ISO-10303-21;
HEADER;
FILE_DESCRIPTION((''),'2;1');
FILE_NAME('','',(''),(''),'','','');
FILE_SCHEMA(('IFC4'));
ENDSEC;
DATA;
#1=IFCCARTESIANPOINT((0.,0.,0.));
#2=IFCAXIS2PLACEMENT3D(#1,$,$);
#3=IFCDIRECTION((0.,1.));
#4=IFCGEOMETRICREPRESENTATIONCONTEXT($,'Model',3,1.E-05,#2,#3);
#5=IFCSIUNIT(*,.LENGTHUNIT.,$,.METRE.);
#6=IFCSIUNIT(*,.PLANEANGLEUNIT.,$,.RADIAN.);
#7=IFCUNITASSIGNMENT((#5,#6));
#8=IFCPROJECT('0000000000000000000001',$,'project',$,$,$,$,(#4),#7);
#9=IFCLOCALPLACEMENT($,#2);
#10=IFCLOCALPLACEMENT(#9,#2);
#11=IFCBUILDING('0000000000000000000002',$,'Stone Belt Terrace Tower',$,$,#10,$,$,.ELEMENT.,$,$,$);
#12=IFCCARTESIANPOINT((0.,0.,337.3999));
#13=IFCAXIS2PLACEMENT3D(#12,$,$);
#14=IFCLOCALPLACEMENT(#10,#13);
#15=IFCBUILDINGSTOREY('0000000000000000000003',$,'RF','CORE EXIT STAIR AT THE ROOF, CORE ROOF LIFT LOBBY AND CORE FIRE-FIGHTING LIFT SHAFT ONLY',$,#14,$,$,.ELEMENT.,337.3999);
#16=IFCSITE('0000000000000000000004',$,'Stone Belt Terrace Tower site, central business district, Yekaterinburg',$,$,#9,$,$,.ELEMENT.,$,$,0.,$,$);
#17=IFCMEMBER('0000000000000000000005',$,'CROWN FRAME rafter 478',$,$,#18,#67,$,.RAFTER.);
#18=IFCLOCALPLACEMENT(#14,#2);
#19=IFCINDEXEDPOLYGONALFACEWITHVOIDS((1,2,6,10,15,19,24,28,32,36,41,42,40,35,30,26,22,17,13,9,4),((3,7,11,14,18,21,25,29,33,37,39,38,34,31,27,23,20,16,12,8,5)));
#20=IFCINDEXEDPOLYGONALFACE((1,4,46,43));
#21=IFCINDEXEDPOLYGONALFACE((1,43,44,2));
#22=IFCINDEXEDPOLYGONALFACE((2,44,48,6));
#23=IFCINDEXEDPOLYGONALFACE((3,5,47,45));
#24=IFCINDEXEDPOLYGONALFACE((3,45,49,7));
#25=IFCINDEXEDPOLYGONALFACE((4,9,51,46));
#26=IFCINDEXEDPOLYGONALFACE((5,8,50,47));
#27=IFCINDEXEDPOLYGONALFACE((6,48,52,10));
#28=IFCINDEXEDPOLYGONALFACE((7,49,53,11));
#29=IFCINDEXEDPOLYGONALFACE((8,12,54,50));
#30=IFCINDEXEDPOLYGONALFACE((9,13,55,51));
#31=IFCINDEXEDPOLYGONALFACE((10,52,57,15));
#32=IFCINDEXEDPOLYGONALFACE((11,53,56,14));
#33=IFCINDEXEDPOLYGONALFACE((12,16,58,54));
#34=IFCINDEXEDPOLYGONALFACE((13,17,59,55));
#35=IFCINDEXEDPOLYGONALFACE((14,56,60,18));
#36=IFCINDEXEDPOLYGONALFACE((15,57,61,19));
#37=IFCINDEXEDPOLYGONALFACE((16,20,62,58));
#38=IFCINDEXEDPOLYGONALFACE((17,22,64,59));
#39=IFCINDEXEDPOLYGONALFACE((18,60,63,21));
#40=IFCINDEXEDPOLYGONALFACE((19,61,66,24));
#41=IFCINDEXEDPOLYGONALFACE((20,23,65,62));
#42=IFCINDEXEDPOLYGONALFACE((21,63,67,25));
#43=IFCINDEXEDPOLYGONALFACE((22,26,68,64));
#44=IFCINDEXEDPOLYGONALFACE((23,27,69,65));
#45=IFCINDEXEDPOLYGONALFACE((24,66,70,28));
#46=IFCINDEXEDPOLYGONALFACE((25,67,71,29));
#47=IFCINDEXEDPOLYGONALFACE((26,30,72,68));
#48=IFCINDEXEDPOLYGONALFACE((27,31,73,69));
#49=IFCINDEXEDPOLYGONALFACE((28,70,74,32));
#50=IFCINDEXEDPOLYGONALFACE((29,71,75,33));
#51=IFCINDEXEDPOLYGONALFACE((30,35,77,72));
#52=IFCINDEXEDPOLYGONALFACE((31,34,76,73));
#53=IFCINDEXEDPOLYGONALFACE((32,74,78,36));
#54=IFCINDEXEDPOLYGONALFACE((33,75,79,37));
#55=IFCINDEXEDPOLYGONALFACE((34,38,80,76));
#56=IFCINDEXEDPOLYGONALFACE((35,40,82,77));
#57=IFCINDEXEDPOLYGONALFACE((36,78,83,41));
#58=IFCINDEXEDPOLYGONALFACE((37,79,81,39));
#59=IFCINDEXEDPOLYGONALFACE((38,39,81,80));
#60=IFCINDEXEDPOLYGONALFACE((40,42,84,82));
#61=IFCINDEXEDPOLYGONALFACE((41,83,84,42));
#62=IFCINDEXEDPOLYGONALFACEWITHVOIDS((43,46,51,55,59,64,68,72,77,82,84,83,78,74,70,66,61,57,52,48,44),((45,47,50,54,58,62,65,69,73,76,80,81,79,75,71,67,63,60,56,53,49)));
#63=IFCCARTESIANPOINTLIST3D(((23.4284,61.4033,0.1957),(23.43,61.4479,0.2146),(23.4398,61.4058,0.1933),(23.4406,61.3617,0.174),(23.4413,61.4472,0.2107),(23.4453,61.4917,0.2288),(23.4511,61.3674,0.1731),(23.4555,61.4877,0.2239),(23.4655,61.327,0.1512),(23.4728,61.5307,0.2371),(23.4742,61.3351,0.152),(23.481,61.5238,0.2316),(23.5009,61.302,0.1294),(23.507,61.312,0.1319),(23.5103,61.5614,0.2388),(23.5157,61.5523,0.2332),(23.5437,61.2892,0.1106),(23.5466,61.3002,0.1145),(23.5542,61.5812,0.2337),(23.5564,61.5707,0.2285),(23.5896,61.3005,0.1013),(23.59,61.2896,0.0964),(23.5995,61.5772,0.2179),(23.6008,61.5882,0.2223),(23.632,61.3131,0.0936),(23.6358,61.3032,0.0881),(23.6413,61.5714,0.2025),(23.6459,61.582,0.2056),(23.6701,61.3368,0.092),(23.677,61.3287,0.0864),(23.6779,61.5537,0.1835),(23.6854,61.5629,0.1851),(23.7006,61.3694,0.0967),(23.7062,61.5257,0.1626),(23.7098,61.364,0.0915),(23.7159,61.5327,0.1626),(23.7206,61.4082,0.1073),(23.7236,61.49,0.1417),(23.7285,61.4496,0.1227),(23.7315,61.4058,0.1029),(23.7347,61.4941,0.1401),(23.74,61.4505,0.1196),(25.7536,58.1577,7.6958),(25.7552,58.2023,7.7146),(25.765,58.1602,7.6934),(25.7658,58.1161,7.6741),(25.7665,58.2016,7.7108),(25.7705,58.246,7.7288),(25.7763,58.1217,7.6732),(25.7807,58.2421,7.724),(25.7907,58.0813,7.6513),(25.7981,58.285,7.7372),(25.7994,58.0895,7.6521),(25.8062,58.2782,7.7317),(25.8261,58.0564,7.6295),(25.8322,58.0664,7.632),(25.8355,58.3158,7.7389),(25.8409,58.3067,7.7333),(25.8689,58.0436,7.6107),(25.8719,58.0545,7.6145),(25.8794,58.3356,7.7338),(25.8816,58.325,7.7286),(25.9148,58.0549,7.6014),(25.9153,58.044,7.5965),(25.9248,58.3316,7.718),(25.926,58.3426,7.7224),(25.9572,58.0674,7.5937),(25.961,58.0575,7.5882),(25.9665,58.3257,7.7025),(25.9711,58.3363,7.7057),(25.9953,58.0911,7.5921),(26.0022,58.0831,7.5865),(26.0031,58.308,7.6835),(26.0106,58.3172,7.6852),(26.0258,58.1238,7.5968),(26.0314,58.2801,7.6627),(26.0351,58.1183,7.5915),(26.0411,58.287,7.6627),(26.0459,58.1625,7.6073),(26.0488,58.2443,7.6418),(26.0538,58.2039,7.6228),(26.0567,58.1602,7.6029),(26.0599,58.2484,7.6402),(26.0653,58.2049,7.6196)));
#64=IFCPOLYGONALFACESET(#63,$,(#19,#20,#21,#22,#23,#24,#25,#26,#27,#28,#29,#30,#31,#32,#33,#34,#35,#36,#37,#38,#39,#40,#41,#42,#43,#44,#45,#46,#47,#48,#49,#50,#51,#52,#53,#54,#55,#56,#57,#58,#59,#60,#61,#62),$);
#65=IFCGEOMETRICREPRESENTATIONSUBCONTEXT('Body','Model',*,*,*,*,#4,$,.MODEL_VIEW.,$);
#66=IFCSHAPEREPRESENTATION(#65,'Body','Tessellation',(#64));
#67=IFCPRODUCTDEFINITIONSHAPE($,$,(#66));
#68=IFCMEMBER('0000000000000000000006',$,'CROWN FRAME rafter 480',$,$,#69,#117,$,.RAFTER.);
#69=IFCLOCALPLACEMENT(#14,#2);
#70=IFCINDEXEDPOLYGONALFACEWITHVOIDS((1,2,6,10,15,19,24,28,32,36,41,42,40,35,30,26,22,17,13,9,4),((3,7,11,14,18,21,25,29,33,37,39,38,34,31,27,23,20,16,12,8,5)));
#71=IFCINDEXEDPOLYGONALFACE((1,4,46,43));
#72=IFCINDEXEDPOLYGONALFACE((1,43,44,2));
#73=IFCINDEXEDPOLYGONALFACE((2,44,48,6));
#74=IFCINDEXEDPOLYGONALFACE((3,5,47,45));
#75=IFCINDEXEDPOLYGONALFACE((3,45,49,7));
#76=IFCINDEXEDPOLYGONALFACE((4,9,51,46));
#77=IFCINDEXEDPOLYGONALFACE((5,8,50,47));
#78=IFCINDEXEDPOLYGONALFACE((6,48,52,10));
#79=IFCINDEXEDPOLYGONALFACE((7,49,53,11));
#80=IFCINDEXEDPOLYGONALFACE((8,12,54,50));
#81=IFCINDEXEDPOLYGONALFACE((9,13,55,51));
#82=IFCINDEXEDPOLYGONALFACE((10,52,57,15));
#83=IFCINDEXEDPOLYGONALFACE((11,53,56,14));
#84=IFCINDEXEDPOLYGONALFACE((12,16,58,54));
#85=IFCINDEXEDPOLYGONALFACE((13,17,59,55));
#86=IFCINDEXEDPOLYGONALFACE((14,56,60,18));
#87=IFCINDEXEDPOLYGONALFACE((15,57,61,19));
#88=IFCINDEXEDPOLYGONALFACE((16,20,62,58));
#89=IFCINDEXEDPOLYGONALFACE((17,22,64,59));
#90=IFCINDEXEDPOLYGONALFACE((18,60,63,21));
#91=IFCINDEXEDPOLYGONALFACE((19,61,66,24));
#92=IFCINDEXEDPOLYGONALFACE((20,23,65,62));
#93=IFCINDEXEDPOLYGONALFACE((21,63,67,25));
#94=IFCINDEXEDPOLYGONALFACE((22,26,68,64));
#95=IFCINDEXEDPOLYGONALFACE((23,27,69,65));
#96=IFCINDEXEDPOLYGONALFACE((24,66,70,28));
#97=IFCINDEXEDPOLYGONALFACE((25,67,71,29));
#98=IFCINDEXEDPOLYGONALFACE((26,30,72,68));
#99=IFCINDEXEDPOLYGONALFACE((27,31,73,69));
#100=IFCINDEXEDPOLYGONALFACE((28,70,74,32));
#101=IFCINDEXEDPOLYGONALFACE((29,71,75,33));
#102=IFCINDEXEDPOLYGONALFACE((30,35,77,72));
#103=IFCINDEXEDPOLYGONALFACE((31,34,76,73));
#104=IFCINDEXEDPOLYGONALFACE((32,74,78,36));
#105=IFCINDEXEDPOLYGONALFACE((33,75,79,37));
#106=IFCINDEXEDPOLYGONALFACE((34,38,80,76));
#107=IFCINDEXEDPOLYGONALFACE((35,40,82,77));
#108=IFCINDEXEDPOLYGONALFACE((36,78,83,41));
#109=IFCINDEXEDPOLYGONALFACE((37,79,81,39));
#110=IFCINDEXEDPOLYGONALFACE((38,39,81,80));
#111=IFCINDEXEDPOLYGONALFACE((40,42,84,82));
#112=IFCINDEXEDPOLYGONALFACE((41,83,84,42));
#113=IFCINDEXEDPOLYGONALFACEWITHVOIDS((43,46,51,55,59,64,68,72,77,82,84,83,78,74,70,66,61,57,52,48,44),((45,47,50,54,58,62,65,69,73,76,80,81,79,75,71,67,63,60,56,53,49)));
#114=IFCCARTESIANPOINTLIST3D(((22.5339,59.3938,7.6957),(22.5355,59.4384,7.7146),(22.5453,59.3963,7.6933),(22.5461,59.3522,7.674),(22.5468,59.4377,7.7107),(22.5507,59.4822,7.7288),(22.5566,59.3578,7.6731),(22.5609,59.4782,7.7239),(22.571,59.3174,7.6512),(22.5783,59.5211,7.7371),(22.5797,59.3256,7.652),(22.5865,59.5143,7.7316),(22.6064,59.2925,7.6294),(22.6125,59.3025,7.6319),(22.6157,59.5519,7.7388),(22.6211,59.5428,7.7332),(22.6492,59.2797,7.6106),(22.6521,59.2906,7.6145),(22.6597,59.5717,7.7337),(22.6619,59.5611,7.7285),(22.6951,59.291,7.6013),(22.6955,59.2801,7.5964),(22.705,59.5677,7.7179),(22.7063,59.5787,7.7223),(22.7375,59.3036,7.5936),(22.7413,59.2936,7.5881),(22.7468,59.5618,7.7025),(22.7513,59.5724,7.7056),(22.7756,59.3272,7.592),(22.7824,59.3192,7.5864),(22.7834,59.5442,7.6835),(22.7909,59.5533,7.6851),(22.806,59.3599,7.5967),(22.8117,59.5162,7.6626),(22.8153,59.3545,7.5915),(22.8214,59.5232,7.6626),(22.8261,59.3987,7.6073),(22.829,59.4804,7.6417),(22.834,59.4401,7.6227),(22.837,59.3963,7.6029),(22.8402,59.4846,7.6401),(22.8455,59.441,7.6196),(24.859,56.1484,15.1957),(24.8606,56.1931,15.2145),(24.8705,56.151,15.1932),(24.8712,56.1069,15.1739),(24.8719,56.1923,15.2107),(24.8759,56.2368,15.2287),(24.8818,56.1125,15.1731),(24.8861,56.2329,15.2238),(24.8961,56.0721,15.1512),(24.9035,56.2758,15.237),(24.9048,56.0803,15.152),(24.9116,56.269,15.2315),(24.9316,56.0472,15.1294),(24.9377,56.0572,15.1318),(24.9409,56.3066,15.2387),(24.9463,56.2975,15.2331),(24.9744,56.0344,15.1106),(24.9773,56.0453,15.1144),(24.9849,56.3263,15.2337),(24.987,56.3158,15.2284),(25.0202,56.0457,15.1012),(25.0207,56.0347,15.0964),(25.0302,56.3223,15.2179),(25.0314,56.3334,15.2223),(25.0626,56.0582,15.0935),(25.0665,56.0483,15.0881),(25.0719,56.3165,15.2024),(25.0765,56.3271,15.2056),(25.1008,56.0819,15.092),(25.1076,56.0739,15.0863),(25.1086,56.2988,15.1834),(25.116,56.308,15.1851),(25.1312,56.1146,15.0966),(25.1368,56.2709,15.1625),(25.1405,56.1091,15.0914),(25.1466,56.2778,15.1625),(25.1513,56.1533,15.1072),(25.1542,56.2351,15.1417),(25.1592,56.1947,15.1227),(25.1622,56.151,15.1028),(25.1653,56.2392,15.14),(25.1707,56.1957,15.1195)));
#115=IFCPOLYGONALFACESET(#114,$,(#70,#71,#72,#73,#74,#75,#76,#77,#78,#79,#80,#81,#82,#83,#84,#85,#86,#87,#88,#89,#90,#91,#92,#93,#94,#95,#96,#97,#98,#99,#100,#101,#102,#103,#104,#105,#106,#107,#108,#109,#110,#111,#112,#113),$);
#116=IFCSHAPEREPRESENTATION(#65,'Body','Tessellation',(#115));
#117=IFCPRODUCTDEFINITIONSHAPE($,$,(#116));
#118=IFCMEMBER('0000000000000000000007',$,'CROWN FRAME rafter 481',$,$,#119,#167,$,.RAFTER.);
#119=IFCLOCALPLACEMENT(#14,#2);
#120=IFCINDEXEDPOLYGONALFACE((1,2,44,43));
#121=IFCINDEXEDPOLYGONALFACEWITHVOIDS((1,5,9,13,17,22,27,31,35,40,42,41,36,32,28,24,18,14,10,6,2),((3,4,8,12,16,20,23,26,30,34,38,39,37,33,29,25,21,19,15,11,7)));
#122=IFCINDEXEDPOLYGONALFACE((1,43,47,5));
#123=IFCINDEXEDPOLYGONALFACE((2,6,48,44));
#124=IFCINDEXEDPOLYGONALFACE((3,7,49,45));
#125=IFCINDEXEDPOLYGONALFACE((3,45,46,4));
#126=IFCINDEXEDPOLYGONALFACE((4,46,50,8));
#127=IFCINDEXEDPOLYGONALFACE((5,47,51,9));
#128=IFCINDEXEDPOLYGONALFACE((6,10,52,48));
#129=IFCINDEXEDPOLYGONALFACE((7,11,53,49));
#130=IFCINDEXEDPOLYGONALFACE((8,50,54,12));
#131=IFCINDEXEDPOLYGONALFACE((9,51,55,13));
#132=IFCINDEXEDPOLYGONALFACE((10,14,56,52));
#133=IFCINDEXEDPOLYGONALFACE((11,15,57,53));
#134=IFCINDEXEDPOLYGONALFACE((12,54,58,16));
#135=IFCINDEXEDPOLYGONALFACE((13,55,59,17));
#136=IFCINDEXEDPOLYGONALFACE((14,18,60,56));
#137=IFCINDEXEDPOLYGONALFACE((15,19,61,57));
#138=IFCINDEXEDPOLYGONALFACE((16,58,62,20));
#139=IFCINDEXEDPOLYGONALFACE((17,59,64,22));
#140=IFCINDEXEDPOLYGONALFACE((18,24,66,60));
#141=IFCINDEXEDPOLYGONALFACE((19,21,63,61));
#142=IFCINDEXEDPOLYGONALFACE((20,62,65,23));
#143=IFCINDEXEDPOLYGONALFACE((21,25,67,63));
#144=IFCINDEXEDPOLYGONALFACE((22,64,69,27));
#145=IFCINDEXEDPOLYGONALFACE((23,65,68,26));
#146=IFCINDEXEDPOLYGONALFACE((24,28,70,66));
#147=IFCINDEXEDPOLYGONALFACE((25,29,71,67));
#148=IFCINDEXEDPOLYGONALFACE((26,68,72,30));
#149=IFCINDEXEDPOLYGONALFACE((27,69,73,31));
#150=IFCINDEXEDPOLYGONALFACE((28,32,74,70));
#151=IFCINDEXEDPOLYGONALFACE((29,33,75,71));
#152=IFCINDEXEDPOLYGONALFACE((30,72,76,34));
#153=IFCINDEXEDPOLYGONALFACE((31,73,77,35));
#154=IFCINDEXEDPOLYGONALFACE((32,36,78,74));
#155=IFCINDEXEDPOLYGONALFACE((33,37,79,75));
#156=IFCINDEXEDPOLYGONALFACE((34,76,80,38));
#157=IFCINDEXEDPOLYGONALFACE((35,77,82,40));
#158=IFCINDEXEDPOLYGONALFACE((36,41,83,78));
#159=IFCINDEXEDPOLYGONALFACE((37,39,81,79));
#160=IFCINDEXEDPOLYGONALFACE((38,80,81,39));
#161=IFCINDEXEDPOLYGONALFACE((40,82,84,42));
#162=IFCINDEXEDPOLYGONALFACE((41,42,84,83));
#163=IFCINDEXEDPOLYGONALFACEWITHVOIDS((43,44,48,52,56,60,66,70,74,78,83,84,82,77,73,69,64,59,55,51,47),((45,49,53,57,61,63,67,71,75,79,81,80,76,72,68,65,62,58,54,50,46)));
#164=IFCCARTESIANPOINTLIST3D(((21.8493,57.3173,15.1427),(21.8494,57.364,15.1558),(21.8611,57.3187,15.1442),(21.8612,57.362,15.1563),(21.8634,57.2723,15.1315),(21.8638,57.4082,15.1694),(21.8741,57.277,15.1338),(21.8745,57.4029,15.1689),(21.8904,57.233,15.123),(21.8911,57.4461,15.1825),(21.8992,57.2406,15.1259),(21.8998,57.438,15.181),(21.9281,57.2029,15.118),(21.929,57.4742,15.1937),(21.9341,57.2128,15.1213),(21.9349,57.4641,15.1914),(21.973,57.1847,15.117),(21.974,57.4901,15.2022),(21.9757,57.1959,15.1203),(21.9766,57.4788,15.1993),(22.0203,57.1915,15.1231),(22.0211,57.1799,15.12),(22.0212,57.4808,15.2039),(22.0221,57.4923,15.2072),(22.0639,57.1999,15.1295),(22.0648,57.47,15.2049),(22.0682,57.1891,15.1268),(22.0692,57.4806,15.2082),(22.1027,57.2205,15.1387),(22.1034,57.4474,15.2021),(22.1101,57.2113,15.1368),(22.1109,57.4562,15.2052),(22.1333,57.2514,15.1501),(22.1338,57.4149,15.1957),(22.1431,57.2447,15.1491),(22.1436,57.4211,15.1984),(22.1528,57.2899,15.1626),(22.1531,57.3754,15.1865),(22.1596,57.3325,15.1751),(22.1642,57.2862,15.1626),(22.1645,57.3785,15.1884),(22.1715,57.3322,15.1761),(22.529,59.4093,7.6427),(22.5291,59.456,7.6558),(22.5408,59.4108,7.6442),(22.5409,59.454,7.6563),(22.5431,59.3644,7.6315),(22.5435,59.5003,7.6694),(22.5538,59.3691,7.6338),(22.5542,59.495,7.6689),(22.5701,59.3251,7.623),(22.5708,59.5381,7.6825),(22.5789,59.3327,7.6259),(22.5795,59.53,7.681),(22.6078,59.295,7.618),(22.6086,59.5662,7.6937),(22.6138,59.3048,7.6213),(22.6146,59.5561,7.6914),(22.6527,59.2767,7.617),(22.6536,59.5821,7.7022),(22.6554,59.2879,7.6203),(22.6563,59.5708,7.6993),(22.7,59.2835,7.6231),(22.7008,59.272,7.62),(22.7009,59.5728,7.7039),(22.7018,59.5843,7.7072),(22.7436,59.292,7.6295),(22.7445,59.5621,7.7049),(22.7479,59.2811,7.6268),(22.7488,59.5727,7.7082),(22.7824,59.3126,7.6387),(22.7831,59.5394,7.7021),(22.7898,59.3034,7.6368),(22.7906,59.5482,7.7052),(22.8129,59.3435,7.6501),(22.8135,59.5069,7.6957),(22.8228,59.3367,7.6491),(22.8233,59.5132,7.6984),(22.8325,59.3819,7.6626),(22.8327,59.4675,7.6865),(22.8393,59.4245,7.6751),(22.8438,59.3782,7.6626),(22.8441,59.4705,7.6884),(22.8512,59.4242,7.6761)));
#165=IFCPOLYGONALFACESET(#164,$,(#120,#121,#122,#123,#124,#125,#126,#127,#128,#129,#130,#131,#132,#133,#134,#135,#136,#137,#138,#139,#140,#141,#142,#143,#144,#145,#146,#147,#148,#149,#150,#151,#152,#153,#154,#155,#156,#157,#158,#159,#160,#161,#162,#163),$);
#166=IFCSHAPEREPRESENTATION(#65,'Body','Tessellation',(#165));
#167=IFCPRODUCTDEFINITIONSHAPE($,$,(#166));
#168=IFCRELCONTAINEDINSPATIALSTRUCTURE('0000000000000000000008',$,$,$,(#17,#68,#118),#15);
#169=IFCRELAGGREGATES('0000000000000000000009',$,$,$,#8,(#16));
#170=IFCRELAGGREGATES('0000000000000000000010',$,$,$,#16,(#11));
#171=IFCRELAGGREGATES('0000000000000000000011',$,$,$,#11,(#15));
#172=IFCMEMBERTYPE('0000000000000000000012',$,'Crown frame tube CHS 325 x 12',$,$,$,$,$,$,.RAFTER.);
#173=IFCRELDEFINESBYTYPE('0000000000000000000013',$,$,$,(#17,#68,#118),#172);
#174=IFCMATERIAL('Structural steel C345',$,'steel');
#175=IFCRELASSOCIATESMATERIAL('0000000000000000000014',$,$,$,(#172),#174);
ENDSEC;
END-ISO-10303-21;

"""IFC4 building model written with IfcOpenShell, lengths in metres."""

from ifc_helpers import new_model, si_unit, direction, frame, origin, origin_2d, place, context, subcontext, project, spatial, hollow_circle, extrude, material, material_profile, profile_set, type_object, element, save


model = new_model("IFC4")

# Units and contexts
model_context = context("Model", 3, precision=1e-05, world=origin(), true_north=direction((0.0, 1.0)))
body_context = subcontext(model_context, "Body", "Model", "MODEL_VIEW")
ifc_project = project(units=[si_unit("LENGTHUNIT", "METRE"), si_unit("PLANEANGLEUNIT", "RADIAN")], contexts=[model_context])

# Site, building, storey
site_placement = place(None, origin())
site = spatial("IfcSite", under=ifc_project, at=site_placement, Name="Stone Belt Terrace Tower site, central business district, Yekaterinburg", CompositionType="ELEMENT", RefElevation=0.0)
building_placement = place(site_placement, origin())
building = spatial("IfcBuilding", under=site, at=building_placement, Name="Stone Belt Terrace Tower", CompositionType="ELEMENT")
storey_placement = place(building_placement, frame((0.0, 0.0, 337.3999)))
storey = spatial("IfcBuildingStorey", under=building, at=storey_placement, Name="RF", Description="CORE EXIT STAIR AT THE ROOF, CORE ROOF LIFT LOBBY AND CORE FIRE-FIGHTING LIFT SHAFT ONLY", CompositionType="ELEMENT", Elevation=337.3999)

# Members
ifc_material_1 = material(Name="Structural steel C345", Category="steel")
ifc_material_profile_1 = material_profile(ifc_material_1, hollow_circle(Radius=0.1626, WallThickness=0.012, at=origin_2d()), Name="Structural steel C345 CHS 325x12")
ifc_profile_set_1 = profile_set([ifc_material_profile_1], Name="Structural steel C345")
member_type_1 = type_object("IfcMemberType", Name="Crown frame tube CHS 325 x 12", PredefinedType="RAFTER", material=ifc_profile_set_1)
member_1_placement = place(storey_placement, frame((23.5837, 61.438, 0.1626), z_axis=(0.273665, -0.381993, 0.882717), x_axis=(0.812915, 0.582383, 0.0)))
element("IfcMember", 1, at=member_1_placement, inside=storey, type_object=member_type_1, Name="CROWN FRAME rafter 478", PredefinedType="RAFTER", context=body_context, shape_type="SweptSolid", body=[
    extrude(hollow_circle(Radius=0.1626, WallThickness=0.012, at=origin_2d()), origin(), (0.0, 0.0, 1.0), 8.4966),
])
member_2_placement = place(storey_placement, frame((22.6892, 59.4285, 7.6626), z_axis=(0.273668, -0.381969, 0.882726), x_axis=(0.812894, 0.582412, 0.0)))
element("IfcMember", 2, at=member_2_placement, inside=storey, type_object=member_type_1, Name="CROWN FRAME rafter 480", PredefinedType="RAFTER", context=body_context, shape_type="SweptSolid", body=[
    extrude(hollow_circle(Radius=0.1626, WallThickness=0.012, at=origin_2d()), origin(), (0.0, 0.0, 1.0), 8.4963),
])
member_3_placement = place(storey_placement, frame((22.6892, 59.4285, 7.6626), z_axis=(-0.086962, -0.267664, 0.95958), x_axis=(0.951064, -0.308993, 0.0)))
element("IfcMember", 3, at=member_3_placement, inside=storey, type_object=member_type_1, Name="CROWN FRAME rafter 481", PredefinedType="RAFTER", context=body_context, shape_type="SweptSolid", body=[
    extrude(hollow_circle(Radius=0.1626, WallThickness=0.012, at=origin_2d()), origin(), (0.0, 0.0, 1.0), 7.8159),
])

save(model, "model.ifc")
